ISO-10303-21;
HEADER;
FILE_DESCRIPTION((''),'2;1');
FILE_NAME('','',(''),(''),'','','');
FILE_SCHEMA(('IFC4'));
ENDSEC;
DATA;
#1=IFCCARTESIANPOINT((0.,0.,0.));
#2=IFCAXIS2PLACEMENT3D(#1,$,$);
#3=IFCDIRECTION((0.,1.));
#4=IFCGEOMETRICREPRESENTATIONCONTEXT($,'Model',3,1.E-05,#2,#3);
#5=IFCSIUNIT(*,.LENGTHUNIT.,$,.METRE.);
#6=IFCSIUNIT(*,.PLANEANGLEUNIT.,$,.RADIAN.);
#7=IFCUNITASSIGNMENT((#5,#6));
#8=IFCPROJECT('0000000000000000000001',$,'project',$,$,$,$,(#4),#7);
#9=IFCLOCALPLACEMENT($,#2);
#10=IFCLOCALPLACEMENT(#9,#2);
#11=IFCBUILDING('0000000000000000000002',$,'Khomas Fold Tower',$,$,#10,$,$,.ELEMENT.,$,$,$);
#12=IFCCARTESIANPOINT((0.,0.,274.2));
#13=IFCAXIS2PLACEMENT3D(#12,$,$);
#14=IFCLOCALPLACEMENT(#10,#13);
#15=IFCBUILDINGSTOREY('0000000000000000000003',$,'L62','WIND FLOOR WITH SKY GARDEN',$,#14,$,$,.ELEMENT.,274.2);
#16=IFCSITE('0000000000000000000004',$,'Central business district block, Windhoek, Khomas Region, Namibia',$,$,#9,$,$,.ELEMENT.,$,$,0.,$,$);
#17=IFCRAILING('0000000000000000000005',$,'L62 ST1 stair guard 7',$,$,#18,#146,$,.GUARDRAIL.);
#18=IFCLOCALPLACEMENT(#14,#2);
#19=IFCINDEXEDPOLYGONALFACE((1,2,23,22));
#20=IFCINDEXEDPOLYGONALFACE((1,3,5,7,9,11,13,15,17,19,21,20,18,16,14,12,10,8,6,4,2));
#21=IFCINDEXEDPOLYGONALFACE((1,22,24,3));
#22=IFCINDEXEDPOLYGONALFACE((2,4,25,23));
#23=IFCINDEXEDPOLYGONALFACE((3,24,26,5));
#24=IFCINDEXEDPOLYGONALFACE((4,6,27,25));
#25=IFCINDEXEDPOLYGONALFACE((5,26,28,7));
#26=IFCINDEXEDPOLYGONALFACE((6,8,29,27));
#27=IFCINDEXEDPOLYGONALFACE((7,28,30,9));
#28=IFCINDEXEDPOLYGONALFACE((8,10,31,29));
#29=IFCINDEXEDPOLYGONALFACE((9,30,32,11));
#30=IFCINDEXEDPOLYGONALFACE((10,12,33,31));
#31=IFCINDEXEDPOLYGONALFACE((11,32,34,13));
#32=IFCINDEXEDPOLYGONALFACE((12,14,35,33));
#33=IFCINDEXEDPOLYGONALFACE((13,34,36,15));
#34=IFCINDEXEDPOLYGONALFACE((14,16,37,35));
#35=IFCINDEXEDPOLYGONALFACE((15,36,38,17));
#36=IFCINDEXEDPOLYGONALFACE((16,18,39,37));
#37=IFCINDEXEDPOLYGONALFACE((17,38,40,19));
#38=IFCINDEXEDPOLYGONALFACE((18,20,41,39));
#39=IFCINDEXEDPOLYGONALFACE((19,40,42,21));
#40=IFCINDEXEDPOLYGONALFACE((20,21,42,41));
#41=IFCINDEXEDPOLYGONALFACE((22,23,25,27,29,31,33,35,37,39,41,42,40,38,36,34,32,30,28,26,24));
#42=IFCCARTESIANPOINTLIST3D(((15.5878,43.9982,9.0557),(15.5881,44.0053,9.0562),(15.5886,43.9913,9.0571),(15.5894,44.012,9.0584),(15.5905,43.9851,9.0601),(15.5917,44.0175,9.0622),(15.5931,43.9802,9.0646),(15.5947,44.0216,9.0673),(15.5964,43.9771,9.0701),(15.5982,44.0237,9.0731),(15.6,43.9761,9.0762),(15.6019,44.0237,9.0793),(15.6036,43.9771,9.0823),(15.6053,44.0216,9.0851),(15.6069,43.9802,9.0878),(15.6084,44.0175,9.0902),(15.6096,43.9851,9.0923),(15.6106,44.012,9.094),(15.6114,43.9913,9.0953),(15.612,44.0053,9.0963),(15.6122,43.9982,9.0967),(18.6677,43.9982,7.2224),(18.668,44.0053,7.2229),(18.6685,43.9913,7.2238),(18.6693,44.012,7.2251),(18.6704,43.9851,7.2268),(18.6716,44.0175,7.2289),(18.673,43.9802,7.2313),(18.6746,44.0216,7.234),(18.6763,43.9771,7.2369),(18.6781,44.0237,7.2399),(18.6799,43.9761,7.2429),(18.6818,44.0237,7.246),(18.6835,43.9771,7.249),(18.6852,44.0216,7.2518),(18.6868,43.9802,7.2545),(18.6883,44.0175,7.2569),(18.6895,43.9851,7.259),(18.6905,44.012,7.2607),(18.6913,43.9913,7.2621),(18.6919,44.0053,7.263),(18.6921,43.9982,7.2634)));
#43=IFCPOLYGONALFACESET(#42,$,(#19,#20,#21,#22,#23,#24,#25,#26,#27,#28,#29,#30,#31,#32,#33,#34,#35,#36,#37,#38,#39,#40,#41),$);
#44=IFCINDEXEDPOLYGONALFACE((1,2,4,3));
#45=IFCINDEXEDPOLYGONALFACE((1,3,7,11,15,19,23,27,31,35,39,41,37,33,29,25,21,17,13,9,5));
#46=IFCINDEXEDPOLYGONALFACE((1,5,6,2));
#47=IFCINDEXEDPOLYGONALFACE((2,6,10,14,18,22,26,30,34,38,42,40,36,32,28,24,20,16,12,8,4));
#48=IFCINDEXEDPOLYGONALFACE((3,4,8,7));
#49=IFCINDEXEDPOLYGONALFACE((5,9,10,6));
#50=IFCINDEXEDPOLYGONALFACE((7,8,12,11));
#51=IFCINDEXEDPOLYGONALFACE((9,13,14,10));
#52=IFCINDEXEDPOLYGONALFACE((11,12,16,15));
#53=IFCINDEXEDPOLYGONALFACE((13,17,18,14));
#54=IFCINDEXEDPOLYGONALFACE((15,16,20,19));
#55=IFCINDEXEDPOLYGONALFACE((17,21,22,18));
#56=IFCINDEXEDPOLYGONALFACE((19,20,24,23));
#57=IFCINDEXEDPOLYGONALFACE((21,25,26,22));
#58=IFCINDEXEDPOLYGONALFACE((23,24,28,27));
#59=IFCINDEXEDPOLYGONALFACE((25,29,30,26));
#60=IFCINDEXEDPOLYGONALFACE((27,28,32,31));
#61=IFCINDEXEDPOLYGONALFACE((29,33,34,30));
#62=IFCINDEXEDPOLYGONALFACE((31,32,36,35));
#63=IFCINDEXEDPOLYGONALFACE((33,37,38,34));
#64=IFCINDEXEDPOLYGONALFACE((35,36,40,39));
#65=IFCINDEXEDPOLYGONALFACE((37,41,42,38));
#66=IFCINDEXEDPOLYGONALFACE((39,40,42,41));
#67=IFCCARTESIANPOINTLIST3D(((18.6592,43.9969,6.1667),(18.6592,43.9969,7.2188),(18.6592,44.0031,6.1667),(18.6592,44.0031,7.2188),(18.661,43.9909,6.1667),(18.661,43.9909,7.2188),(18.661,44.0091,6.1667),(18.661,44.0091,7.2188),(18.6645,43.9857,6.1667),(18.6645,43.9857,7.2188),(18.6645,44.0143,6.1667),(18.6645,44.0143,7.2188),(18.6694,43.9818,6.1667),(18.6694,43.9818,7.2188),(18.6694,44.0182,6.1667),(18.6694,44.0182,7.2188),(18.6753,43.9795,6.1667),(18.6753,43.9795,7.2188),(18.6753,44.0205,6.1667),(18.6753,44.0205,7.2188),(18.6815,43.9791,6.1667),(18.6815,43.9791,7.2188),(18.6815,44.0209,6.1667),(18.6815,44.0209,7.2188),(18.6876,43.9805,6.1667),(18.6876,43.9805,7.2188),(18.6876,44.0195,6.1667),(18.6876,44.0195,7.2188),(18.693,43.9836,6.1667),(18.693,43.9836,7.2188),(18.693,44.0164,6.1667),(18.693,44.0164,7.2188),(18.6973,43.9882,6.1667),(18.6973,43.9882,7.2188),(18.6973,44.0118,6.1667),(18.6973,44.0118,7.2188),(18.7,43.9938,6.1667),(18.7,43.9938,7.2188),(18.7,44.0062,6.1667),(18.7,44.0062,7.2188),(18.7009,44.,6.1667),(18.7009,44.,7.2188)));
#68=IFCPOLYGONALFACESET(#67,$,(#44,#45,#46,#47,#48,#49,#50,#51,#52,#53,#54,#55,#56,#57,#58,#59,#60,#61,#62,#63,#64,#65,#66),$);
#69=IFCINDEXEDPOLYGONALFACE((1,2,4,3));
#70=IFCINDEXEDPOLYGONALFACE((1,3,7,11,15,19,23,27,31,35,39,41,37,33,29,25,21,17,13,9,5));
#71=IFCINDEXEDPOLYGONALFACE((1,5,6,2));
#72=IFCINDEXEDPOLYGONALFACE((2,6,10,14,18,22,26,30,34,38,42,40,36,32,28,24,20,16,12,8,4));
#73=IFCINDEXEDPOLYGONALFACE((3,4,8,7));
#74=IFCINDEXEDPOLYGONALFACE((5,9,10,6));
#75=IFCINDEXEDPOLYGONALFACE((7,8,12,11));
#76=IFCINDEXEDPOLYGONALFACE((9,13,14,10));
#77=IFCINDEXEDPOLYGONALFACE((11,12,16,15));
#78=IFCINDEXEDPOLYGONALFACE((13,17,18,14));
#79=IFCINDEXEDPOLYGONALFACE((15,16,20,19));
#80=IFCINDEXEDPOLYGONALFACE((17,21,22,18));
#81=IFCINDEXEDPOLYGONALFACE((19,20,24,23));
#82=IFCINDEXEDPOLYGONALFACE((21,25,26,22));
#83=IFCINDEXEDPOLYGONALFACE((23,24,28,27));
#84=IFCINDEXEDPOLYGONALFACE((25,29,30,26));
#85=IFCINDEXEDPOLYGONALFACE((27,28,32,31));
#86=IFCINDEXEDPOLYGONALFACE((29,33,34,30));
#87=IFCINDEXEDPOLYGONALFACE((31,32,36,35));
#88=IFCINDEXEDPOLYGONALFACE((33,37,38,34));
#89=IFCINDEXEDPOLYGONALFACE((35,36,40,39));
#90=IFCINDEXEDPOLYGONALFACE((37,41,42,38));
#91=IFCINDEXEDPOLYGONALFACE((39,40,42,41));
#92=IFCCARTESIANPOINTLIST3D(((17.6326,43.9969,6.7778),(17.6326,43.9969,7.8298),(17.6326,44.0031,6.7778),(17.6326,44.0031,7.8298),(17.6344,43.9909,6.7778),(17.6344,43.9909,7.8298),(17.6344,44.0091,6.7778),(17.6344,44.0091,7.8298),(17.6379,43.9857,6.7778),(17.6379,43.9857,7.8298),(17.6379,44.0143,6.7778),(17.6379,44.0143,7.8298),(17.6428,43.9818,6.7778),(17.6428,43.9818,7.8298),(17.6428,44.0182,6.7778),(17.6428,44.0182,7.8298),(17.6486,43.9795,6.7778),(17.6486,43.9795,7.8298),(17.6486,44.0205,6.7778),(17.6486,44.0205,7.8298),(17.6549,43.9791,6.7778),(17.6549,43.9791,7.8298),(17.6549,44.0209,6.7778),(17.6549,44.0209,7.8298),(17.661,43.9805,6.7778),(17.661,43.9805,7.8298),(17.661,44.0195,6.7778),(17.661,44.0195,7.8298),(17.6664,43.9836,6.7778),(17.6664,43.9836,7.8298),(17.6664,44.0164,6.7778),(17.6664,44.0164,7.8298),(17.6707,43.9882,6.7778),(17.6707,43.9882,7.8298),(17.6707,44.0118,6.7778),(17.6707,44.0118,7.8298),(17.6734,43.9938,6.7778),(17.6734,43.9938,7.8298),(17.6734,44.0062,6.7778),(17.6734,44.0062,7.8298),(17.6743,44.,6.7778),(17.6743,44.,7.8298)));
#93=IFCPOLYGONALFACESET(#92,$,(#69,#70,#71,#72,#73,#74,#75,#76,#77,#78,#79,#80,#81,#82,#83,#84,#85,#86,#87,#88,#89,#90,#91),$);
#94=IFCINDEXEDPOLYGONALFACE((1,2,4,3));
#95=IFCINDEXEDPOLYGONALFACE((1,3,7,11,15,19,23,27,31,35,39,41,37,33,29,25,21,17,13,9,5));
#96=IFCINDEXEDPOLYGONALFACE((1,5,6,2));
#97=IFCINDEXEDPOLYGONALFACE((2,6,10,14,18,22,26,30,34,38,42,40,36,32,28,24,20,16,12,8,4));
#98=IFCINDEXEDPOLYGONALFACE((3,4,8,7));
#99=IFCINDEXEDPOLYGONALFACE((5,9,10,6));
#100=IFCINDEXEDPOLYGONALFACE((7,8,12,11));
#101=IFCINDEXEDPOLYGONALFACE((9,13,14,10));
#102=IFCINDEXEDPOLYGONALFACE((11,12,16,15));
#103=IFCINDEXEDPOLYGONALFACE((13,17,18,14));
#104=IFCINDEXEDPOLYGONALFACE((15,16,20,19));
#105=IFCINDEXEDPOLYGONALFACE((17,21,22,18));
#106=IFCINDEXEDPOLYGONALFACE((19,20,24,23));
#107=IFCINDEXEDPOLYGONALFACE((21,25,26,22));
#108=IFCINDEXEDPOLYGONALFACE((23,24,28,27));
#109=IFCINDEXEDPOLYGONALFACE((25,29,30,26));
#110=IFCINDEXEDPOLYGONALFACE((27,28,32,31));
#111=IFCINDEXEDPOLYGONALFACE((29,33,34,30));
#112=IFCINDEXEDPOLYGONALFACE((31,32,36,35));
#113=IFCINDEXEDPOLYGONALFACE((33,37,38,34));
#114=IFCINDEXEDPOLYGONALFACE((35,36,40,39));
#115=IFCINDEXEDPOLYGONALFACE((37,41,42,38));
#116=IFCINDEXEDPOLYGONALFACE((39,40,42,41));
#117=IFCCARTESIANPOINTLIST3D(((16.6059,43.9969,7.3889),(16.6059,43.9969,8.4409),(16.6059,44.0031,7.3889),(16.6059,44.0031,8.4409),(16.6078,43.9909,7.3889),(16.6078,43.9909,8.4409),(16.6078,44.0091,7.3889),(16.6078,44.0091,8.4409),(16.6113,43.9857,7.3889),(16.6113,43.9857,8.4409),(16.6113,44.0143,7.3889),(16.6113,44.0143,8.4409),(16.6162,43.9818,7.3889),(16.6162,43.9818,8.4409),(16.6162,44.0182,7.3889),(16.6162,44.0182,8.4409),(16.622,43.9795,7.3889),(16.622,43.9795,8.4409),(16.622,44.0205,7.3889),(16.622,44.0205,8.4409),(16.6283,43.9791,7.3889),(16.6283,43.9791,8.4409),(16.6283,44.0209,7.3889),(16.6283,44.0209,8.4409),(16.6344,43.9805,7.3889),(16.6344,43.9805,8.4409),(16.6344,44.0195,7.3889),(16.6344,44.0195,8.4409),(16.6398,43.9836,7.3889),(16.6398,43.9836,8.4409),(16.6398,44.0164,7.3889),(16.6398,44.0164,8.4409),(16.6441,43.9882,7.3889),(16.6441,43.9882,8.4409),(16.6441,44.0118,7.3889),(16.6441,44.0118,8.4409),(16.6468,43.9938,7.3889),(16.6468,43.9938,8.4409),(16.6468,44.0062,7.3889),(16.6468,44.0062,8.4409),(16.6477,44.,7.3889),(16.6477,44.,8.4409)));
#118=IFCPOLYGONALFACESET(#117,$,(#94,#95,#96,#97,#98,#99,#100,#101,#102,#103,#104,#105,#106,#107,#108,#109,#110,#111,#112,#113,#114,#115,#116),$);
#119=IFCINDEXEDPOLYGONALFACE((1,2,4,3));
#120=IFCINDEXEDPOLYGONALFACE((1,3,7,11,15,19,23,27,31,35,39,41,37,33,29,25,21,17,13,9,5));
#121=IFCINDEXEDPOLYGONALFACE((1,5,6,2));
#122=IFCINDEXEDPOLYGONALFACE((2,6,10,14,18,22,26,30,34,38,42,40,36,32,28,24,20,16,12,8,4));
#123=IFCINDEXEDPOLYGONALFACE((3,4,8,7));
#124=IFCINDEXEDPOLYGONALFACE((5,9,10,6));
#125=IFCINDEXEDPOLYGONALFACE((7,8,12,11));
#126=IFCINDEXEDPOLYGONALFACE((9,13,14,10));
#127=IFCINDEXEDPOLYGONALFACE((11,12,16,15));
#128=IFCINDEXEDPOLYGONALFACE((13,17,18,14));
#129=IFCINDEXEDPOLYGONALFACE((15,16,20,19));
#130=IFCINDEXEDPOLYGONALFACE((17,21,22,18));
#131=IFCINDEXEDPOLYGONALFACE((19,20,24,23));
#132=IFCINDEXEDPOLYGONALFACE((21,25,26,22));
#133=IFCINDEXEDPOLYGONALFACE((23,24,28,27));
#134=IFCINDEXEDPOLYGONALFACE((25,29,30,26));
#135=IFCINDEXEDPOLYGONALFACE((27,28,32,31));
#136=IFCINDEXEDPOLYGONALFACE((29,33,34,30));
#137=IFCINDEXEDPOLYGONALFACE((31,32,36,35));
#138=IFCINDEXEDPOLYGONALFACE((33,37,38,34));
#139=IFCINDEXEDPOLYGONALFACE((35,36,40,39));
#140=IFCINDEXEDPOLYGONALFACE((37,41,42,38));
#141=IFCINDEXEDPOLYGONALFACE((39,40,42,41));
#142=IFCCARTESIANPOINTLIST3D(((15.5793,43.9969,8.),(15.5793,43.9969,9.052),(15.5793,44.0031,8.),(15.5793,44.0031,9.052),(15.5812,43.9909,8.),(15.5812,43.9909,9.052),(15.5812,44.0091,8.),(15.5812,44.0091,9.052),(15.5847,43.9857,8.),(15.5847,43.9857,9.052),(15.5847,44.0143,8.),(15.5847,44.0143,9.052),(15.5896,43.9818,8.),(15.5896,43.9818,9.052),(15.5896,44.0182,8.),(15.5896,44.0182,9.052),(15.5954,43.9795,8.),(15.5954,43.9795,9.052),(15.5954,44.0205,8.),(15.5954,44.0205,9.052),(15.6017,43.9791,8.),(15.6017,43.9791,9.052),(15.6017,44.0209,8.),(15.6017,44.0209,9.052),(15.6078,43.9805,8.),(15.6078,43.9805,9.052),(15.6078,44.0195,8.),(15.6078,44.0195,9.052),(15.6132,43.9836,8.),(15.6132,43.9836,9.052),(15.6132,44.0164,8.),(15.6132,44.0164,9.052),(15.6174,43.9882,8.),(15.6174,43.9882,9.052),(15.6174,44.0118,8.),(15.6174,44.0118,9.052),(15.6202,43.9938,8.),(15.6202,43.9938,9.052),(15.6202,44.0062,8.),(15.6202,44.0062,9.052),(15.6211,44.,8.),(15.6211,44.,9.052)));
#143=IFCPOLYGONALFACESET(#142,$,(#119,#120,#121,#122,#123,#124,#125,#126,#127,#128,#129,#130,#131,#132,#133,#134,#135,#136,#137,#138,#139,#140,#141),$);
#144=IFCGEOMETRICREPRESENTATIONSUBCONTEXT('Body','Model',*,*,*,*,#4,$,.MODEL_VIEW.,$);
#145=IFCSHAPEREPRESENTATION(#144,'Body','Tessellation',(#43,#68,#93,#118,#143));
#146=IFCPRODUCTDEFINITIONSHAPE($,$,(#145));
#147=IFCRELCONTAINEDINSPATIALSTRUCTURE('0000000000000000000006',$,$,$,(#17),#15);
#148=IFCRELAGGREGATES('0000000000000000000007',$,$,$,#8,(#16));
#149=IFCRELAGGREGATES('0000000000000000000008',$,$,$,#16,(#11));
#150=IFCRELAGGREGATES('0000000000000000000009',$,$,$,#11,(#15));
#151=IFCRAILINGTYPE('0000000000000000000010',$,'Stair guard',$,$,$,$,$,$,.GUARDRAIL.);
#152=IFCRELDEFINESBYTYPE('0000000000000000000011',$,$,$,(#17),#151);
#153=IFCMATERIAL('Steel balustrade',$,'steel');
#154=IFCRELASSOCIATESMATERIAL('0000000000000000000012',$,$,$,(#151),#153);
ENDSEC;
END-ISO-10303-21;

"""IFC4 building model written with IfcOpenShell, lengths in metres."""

from ifc_helpers import new_model, si_unit, direction, frame, origin, origin_2d, place, context, subcontext, project, spatial, circle, extrude, source, transform, mapped, material, type_object, element, save


model = new_model("IFC4")

# Units and contexts
model_context = context("Model", 3, precision=1e-05, world=origin(), true_north=direction((0.0, 1.0)))
body_context = subcontext(model_context, "Body", "Model", "MODEL_VIEW")
ifc_project = project(units=[si_unit("LENGTHUNIT", "METRE"), si_unit("PLANEANGLEUNIT", "RADIAN")], contexts=[model_context])

# Site, building, storey
site_placement = place(None, origin())
site = spatial("IfcSite", under=ifc_project, at=site_placement, Name="Central business district block, Windhoek, Khomas Region, Namibia", CompositionType="ELEMENT", RefElevation=0.0)
building_placement = place(site_placement, origin())
building = spatial("IfcBuilding", under=site, at=building_placement, Name="Khomas Fold Tower", CompositionType="ELEMENT")
storey_placement = place(building_placement, frame((0.0, 0.0, 274.2)))
storey = spatial("IfcBuildingStorey", under=building, at=storey_placement, Name="L62", Description="WIND FLOOR WITH SKY GARDEN", CompositionType="ELEMENT", Elevation=274.2)

# Railing
ifc_material_1 = material(Name="Steel balustrade", Category="steel")
railing_type_1 = type_object("IfcRailingType", Name="Stair guard", PredefinedType="GUARDRAIL", material=ifc_material_1)
shared_shape_1 = source(origin(), body_context, "Body", "SweptSolid", [
    extrude(circle(Radius=0.0239, at=origin_2d()), frame((0.0, 0.0, 1.0762), z_axis=(-0.859291, 0.0, 0.511487), x_axis=(0.0, -1.0, 0.0)), (0.0, 0.0, 1.0), 3.5842),
    extrude(circle(Radius=0.021, at=origin_2d()), origin(), (0.0, 0.0, 1.0), 1.052),
    extrude(circle(Radius=0.021, at=origin_2d()), frame((-1.0266, 0.0, 0.6111)), (0.0, 0.0, 1.0), 1.052),
    extrude(circle(Radius=0.021, at=origin_2d()), frame((-2.0532, 0.0, 1.2222)), (0.0, 0.0, 1.0), 1.052),
    extrude(circle(Radius=0.021, at=origin_2d()), frame((-3.0798, 0.0, 1.8333)), (0.0, 0.0, 1.0), 1.052),
])
for number, where, name in (
    (1, (18.6799, 44.0, 6.1667), "L62 ST1 stair guard 7"),
):
    element("IfcRailing", number, at=place(storey_placement, frame(where)), inside=storey, type_object=railing_type_1, Name=name, PredefinedType="GUARDRAIL", context=body_context, shape_type="MappedRepresentation", body=[
        mapped(shared_shape_1, transform((0.0, 0.0, 0.0))),
    ])

save(model, "model.ifc")
